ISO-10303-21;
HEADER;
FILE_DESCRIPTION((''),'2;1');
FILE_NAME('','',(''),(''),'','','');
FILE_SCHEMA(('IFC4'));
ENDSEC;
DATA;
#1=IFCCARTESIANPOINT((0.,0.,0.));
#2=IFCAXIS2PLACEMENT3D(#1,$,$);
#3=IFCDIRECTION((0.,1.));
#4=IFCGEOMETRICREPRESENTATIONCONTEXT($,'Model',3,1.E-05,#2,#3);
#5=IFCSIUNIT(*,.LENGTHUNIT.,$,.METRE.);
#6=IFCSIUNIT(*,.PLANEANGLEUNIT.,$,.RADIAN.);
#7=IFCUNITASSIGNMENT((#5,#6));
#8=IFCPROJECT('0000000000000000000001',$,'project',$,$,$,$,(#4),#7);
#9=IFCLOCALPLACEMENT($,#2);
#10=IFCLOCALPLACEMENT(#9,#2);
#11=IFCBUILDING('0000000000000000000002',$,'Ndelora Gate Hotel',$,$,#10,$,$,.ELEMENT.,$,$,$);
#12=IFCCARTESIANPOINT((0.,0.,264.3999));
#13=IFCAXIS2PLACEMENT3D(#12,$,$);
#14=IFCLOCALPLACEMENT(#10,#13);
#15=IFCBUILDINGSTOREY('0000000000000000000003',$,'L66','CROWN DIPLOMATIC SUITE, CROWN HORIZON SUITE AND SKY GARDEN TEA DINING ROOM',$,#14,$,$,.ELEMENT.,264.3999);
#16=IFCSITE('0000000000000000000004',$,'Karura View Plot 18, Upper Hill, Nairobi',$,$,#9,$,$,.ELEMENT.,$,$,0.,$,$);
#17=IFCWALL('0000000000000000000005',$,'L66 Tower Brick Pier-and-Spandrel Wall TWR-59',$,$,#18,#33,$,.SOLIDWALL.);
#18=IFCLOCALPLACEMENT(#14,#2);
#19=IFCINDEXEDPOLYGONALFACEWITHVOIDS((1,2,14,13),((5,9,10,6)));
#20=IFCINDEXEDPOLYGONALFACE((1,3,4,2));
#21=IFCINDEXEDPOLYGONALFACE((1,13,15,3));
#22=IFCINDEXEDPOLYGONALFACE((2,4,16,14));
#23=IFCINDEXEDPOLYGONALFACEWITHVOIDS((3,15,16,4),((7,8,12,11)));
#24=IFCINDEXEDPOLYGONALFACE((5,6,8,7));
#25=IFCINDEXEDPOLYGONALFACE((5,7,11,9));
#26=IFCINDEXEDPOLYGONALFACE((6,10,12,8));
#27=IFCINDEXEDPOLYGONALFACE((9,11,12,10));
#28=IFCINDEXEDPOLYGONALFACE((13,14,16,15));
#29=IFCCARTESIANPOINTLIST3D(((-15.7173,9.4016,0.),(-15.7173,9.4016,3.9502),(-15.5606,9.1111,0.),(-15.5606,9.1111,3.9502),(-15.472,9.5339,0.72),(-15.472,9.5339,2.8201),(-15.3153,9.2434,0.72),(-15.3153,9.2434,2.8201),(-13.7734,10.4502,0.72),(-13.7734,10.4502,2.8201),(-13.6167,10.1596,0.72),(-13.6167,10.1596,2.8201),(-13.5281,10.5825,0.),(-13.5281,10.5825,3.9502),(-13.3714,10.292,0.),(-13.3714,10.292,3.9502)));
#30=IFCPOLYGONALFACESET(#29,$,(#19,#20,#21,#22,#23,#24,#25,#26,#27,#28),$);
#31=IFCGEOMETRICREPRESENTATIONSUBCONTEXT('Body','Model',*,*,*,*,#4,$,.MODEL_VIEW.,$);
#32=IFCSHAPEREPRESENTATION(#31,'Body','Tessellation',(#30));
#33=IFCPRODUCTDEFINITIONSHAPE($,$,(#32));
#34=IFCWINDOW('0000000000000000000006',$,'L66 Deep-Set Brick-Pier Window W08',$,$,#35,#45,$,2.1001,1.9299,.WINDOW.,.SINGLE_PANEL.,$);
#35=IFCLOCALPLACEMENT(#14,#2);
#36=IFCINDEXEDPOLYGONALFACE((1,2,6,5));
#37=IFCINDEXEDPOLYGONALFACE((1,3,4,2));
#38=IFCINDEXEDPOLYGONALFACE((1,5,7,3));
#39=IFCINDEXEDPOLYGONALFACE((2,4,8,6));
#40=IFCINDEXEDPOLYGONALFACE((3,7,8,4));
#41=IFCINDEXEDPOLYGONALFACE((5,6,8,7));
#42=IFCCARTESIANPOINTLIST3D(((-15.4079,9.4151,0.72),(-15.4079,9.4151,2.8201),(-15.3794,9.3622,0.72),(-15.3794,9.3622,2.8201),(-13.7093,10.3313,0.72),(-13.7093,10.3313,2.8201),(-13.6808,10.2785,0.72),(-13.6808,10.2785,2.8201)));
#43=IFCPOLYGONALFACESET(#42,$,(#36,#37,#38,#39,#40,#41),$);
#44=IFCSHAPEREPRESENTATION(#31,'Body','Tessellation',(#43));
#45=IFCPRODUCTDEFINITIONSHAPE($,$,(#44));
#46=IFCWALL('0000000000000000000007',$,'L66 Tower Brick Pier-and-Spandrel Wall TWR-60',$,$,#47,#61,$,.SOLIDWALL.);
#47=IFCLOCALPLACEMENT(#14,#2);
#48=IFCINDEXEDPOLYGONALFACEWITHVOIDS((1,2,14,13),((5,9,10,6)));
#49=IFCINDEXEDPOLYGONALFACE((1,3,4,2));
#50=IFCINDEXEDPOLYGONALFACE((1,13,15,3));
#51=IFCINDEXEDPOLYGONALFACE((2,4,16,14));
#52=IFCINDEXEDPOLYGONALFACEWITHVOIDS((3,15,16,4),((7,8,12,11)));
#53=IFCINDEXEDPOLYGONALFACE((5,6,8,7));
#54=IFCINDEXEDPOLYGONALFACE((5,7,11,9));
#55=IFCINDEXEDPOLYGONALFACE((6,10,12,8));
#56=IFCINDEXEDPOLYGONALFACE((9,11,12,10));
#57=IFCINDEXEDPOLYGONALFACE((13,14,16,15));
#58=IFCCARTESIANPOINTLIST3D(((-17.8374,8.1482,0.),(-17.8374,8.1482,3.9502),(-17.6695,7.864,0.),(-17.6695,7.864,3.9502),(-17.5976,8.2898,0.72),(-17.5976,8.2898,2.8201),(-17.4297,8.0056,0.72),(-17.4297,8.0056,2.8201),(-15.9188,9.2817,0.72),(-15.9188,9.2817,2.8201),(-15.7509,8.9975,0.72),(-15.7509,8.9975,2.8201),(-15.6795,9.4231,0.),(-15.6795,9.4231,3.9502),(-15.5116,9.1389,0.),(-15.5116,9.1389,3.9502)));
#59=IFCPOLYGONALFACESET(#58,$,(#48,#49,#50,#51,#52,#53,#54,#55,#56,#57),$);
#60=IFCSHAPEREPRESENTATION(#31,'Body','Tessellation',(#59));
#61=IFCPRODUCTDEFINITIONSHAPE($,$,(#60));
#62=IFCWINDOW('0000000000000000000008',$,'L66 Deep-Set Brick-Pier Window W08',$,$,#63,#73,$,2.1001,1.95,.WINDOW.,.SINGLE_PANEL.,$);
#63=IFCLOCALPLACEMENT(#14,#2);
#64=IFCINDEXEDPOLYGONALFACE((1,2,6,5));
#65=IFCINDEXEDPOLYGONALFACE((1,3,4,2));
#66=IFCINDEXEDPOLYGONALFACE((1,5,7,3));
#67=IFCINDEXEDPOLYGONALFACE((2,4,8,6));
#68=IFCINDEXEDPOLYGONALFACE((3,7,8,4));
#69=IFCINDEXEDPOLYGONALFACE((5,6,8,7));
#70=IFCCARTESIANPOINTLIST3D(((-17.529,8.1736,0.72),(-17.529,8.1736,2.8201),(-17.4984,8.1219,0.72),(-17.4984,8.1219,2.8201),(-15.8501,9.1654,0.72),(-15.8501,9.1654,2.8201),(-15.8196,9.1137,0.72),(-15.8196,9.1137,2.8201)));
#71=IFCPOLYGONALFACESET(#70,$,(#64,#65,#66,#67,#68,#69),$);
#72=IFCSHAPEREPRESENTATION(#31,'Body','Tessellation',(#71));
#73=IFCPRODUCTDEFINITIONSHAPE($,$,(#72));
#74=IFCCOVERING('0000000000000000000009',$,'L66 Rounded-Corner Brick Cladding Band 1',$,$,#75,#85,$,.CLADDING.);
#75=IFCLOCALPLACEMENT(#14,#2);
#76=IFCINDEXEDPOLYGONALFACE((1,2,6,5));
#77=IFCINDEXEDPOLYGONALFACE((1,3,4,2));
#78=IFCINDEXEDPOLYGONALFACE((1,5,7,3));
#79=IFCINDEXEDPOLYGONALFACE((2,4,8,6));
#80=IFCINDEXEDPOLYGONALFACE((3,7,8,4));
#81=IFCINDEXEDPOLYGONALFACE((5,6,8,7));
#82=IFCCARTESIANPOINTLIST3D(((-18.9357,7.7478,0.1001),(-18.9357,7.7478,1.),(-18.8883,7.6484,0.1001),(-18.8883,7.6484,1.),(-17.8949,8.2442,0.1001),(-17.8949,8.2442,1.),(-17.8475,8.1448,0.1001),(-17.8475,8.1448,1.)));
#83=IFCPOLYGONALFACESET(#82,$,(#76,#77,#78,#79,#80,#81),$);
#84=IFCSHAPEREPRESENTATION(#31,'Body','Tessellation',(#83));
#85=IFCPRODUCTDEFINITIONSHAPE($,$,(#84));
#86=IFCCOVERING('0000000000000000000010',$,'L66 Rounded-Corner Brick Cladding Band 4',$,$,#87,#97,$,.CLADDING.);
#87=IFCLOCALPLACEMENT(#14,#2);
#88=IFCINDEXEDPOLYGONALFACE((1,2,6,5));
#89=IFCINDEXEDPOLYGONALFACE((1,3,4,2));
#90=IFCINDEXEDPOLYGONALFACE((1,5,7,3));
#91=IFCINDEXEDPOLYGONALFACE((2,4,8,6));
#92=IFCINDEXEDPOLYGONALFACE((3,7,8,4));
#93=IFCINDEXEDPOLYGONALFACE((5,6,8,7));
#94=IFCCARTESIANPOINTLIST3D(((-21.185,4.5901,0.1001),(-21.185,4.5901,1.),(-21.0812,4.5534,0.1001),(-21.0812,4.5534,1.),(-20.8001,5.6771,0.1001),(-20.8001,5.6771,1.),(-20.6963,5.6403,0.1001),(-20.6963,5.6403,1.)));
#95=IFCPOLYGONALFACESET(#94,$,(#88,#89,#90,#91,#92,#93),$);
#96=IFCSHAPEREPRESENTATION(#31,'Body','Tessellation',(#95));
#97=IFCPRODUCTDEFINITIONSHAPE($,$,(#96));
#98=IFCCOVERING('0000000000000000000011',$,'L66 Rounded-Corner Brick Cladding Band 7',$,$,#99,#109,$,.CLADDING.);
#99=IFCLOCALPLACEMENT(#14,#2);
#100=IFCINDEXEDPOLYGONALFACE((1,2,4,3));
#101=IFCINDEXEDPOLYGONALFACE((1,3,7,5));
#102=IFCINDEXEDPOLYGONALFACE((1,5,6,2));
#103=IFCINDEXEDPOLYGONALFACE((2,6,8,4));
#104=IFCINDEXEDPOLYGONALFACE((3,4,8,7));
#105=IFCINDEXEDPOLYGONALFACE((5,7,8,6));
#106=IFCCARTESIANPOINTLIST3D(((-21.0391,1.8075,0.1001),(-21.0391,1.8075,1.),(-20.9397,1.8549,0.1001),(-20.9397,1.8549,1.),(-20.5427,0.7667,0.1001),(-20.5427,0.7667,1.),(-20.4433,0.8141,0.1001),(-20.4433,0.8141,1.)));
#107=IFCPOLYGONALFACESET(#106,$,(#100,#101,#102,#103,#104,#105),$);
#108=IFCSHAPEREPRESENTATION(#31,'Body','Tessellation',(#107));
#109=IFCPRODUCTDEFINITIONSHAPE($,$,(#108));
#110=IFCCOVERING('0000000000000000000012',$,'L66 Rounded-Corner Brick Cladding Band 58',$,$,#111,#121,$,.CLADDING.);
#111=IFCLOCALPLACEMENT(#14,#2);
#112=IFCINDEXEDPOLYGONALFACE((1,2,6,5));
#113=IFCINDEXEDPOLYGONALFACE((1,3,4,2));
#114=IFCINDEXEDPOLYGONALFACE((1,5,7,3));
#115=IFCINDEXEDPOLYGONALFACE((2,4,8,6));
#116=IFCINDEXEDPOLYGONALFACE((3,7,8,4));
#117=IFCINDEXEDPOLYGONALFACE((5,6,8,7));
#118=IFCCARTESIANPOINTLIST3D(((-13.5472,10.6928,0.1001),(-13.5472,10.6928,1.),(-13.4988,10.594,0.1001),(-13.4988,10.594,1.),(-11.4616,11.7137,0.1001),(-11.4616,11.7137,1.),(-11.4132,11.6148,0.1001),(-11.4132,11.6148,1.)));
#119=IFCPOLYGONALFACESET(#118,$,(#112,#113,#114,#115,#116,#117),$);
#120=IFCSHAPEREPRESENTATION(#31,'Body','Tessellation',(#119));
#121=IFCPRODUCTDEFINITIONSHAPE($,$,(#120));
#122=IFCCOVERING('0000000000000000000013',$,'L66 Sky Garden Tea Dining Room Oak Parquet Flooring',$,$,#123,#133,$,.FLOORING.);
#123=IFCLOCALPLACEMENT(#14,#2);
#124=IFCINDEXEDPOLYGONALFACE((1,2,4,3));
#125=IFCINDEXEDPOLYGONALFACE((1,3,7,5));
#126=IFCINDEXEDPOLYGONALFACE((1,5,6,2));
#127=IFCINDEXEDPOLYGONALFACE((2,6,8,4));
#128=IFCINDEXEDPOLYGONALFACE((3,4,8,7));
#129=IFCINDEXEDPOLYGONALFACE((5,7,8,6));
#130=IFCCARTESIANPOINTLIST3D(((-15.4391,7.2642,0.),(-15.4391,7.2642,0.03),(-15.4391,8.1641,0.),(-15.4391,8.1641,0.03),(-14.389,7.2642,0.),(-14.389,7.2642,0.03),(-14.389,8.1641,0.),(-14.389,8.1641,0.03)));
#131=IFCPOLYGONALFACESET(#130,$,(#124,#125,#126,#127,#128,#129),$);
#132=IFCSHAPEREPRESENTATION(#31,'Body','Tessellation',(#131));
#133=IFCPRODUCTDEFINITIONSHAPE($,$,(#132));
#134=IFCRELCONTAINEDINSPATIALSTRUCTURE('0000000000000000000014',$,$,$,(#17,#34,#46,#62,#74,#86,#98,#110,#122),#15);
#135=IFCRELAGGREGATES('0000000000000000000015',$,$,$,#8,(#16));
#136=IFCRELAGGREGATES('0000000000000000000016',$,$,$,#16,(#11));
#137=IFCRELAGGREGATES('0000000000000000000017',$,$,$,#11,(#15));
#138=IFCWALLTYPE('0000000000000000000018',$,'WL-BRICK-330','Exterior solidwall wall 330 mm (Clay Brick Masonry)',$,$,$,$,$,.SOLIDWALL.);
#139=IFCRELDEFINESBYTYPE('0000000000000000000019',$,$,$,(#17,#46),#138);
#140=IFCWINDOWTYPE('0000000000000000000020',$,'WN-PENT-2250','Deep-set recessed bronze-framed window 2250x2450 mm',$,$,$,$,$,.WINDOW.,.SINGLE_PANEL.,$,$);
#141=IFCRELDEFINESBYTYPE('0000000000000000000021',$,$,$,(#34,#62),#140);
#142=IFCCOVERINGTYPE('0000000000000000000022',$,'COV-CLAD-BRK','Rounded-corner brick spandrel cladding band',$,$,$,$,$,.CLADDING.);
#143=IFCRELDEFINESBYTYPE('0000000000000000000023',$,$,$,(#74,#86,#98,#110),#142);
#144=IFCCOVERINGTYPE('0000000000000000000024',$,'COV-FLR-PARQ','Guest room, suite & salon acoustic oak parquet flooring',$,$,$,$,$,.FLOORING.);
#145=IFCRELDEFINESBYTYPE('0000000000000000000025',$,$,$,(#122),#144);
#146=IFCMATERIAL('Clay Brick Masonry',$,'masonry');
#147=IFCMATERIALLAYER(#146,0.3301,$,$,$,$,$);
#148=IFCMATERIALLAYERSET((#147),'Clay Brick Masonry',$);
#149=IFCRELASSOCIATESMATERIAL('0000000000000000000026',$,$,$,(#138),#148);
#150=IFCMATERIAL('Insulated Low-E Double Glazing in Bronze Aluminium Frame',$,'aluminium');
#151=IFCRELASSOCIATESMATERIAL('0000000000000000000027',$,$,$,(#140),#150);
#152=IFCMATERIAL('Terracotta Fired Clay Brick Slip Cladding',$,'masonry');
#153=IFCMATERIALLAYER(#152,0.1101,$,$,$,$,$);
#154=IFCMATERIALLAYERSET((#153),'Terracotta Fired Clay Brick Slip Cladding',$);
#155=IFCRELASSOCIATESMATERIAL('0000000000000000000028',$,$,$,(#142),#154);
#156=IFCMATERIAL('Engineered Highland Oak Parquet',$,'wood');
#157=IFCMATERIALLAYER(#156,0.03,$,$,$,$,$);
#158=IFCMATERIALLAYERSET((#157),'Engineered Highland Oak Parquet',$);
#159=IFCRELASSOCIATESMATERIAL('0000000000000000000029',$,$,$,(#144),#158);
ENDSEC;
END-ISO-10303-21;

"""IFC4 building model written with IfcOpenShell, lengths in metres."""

from ifc_helpers import new_model, si_unit, direction, frame, frame_2d, origin, origin_2d, place, context, subcontext, project, spatial, rectangle, extrude, material, layer, layer_set, type_object, element, fill, save


model = new_model("IFC4")

# Units and contexts
model_context = context("Model", 3, precision=1e-05, world=origin(), true_north=direction((0.0, 1.0)))
body_context = subcontext(model_context, "Body", "Model", "MODEL_VIEW")
ifc_project = project(units=[si_unit("LENGTHUNIT", "METRE"), si_unit("PLANEANGLEUNIT", "RADIAN")], contexts=[model_context])

# Site, building, storey
site_placement = place(None, origin())
site = spatial("IfcSite", under=ifc_project, at=site_placement, Name="Karura View Plot 18, Upper Hill, Nairobi", CompositionType="ELEMENT", RefElevation=0.0)
building_placement = place(site_placement, origin())
building = spatial("IfcBuilding", under=site, at=building_placement, Name="Ndelora Gate Hotel", CompositionType="ELEMENT")
storey_placement = place(building_placement, frame((0.0, 0.0, 264.3999)))
storey = spatial("IfcBuildingStorey", under=building, at=storey_placement, Name="L66", Description="CROWN DIPLOMATIC SUITE, CROWN HORIZON SUITE AND SKY GARDEN TEA DINING ROOM", CompositionType="ELEMENT", Elevation=264.3999)

# Shared definitions
ifc_material_1 = material(Name="Clay Brick Masonry", Category="masonry")
ifc_layer_1 = layer(ifc_material_1, 0.3301)
ifc_layer_set_1 = layer_set([ifc_layer_1], Name="Clay Brick Masonry")
wall_type = type_object("IfcWallType", Name="WL-BRICK-330", Description="Exterior solidwall wall 330 mm (Clay Brick Masonry)", PredefinedType="SOLIDWALL", material=ifc_layer_set_1)

# Walls, openings, windows
wall_1_placement = place(storey_placement, frame((-15.6389, 9.2563, 0.0), z_axis=(0.0, 0.0, 1.0), x_axis=(0.880118, 0.474755, 0.0)))
wall_1 = element("IfcWall", 1, at=wall_1_placement, inside=storey, type_object=wall_type, Name="L66 Tower Brick Pier-and-Spandrel Wall TWR-59", PredefinedType="SOLIDWALL", context=body_context, shape_type="SweptSolid", body=[
    extrude(rectangle(XDim=2.4873, YDim=0.3301, at=frame_2d((1.2437, 0.0))), origin(), (0.0, 0.0, 1.0), 3.9502),
])
opening_1_placement = place(wall_1_placement, frame((0.2788, 0.0, 0.72)))
opening_1 = element("IfcOpeningElement", 2, at=opening_1_placement, cuts=wall_1, PredefinedType="OPENING", context=body_context, shape_type="SweptSolid", body=[
    extrude(rectangle(XDim=1.9299, YDim=2.1001, at=frame_2d((0.9648, 1.05))), frame((0.0, 0.175, 0.0), z_axis=(0.0, -1.0, 0.0), x_axis=(1.0, 0.0, 0.0)), (0.0, 0.0, 1.0), 0.3501),
])
ifc_material_2 = material(Name="Insulated Low-E Double Glazing in Bronze Aluminium Frame", Category="aluminium")
window_type = type_object("IfcWindowType", Name="WN-PENT-2250", Description="Deep-set recessed bronze-framed window 2250x2450 mm", PartitioningType="SINGLE_PANEL", PredefinedType="WINDOW", material=ifc_material_2)
window_1_placement = place(opening_1_placement, origin())
window_1 = element("IfcWindow", 3, at=window_1_placement, inside=storey, type_object=window_type, Name="L66 Deep-Set Brick-Pier Window W08", OverallHeight=2.1001, OverallWidth=1.9299, PartitioningType="SINGLE_PANEL", PredefinedType="WINDOW", context=body_context, shape_type="SweptSolid", body=[
    extrude(rectangle(XDim=1.9299, YDim=2.1001, at=frame_2d((0.9648, 1.05))), frame((0.0, 0.03, 0.0), z_axis=(0.0, -1.0, 0.0), x_axis=(1.0, 0.0, 0.0)), (0.0, 0.0, 1.0), 0.0601),
])
fill(opening_1, window_1)
wall_2_placement = place(storey_placement, frame((-17.7534, 8.0061, 0.0), z_axis=(0.0, 0.0, 1.0), x_axis=(0.860971, 0.508654, 0.0)))
wall_2 = element("IfcWall", 4, at=wall_2_placement, inside=storey, type_object=wall_type, Name="L66 Tower Brick Pier-and-Spandrel Wall TWR-60", PredefinedType="SOLIDWALL", context=body_context, shape_type="SweptSolid", body=[
    extrude(rectangle(XDim=2.5063, YDim=0.3301, at=frame_2d((1.2532, 0.0))), origin(), (0.0, 0.0, 1.0), 3.9502),
])
opening_2_placement = place(wall_2_placement, frame((0.2783, 0.0, 0.72)))
opening_2 = element("IfcOpeningElement", 5, at=opening_2_placement, cuts=wall_2, PredefinedType="OPENING", context=body_context, shape_type="SweptSolid", body=[
    extrude(rectangle(XDim=1.95, YDim=2.1001, at=frame_2d((0.9751, 1.05))), frame((0.0, 0.175, 0.0), z_axis=(0.0, -1.0, 0.0), x_axis=(1.0, 0.0, 0.0)), (0.0, 0.0, 1.0), 0.3501),
])
window_2_placement = place(opening_2_placement, origin())
window_2 = element("IfcWindow", 6, at=window_2_placement, inside=storey, type_object=window_type, Name="L66 Deep-Set Brick-Pier Window W08", OverallHeight=2.1001, OverallWidth=1.95, PartitioningType="SINGLE_PANEL", PredefinedType="WINDOW", context=body_context, shape_type="SweptSolid", body=[
    extrude(rectangle(XDim=1.95, YDim=2.1001, at=frame_2d((0.9751, 1.05))), frame((0.0, 0.03, 0.0), z_axis=(0.0, -1.0, 0.0), x_axis=(1.0, 0.0, 0.0)), (0.0, 0.0, 1.0), 0.0601),
])
fill(opening_2, window_2)

# Coverings
ifc_material_3 = material(Name="Terracotta Fired Clay Brick Slip Cladding", Category="masonry")
ifc_layer_2 = layer(ifc_material_3, 0.1101)
ifc_layer_set_2 = layer_set([ifc_layer_2], Name="Terracotta Fired Clay Brick Slip Cladding")
covering_type_1 = type_object("IfcCoveringType", Name="COV-CLAD-BRK", Description="Rounded-corner brick spandrel cladding band", PredefinedType="CLADDING", material=ifc_layer_set_2)
for number, where, z_axis, x_axis, name in (
    (7, (-18.3916, 7.9463, 0.1001), (0.0, 0.0, 1.0), (0.902585, 0.430511, 0.0), "L66 Rounded-Corner Brick Cladding Band 1"),
    (8, (-20.9407, 5.1152, 0.1001), (0.0, 0.0, 1.0), (0.333807, 0.942641, 0.0), "L66 Rounded-Corner Brick Cladding Band 4"),
    (9, (-20.7412, 1.3108, 0.1001), (0.0, 0.0, 1.0), (-0.430511, 0.902585, 0.0), "L66 Rounded-Corner Brick Cladding Band 7"),
):
    element("IfcCovering", number, at=place(storey_placement, frame(where, z_axis=z_axis, x_axis=x_axis)), inside=storey, type_object=covering_type_1, Name=name, PredefinedType="CLADDING", context=body_context, shape_type="SweptSolid", body=[
        extrude(rectangle(XDim=1.1531, YDim=0.1101, at=origin_2d()), origin(), (0.0, 0.0, 1.0), 0.8999),
    ])
covering_1_placement = place(storey_placement, frame((-12.4802, 11.1538, 0.1001), z_axis=(0.0, 0.0, 1.0), x_axis=(0.898181, 0.439626, 0.0)))
element("IfcCovering", 10, at=covering_1_placement, inside=storey, type_object=covering_type_1, Name="L66 Rounded-Corner Brick Cladding Band 58", PredefinedType="CLADDING", context=body_context, shape_type="SweptSolid", body=[
    extrude(rectangle(XDim=2.322, YDim=0.1101, at=origin_2d()), origin(), (0.0, 0.0, 1.0), 0.8999),
])
ifc_material_4 = material(Name="Engineered Highland Oak Parquet", Category="wood")
ifc_layer_3 = layer(ifc_material_4, 0.03)
ifc_layer_set_3 = layer_set([ifc_layer_3], Name="Engineered Highland Oak Parquet")
covering_type_2 = type_object("IfcCoveringType", Name="COV-FLR-PARQ", Description="Guest room, suite & salon acoustic oak parquet flooring", PredefinedType="FLOORING", material=ifc_layer_set_3)
covering_2_placement = place(storey_placement, frame((-14.9141, 7.7141, 0.0), z_axis=(0.0, 0.0, 1.0), x_axis=(1.0, 0.0, 0.0)))
element("IfcCovering", 11, at=covering_2_placement, inside=storey, type_object=covering_type_2, Name="L66 Sky Garden Tea Dining Room Oak Parquet Flooring", PredefinedType="FLOORING", context=body_context, shape_type="SweptSolid", body=[
    extrude(rectangle(XDim=1.05, YDim=0.8999, at=origin_2d()), origin(), (0.0, 0.0, 1.0), 0.03),
])

save(model, "model.ifc")
